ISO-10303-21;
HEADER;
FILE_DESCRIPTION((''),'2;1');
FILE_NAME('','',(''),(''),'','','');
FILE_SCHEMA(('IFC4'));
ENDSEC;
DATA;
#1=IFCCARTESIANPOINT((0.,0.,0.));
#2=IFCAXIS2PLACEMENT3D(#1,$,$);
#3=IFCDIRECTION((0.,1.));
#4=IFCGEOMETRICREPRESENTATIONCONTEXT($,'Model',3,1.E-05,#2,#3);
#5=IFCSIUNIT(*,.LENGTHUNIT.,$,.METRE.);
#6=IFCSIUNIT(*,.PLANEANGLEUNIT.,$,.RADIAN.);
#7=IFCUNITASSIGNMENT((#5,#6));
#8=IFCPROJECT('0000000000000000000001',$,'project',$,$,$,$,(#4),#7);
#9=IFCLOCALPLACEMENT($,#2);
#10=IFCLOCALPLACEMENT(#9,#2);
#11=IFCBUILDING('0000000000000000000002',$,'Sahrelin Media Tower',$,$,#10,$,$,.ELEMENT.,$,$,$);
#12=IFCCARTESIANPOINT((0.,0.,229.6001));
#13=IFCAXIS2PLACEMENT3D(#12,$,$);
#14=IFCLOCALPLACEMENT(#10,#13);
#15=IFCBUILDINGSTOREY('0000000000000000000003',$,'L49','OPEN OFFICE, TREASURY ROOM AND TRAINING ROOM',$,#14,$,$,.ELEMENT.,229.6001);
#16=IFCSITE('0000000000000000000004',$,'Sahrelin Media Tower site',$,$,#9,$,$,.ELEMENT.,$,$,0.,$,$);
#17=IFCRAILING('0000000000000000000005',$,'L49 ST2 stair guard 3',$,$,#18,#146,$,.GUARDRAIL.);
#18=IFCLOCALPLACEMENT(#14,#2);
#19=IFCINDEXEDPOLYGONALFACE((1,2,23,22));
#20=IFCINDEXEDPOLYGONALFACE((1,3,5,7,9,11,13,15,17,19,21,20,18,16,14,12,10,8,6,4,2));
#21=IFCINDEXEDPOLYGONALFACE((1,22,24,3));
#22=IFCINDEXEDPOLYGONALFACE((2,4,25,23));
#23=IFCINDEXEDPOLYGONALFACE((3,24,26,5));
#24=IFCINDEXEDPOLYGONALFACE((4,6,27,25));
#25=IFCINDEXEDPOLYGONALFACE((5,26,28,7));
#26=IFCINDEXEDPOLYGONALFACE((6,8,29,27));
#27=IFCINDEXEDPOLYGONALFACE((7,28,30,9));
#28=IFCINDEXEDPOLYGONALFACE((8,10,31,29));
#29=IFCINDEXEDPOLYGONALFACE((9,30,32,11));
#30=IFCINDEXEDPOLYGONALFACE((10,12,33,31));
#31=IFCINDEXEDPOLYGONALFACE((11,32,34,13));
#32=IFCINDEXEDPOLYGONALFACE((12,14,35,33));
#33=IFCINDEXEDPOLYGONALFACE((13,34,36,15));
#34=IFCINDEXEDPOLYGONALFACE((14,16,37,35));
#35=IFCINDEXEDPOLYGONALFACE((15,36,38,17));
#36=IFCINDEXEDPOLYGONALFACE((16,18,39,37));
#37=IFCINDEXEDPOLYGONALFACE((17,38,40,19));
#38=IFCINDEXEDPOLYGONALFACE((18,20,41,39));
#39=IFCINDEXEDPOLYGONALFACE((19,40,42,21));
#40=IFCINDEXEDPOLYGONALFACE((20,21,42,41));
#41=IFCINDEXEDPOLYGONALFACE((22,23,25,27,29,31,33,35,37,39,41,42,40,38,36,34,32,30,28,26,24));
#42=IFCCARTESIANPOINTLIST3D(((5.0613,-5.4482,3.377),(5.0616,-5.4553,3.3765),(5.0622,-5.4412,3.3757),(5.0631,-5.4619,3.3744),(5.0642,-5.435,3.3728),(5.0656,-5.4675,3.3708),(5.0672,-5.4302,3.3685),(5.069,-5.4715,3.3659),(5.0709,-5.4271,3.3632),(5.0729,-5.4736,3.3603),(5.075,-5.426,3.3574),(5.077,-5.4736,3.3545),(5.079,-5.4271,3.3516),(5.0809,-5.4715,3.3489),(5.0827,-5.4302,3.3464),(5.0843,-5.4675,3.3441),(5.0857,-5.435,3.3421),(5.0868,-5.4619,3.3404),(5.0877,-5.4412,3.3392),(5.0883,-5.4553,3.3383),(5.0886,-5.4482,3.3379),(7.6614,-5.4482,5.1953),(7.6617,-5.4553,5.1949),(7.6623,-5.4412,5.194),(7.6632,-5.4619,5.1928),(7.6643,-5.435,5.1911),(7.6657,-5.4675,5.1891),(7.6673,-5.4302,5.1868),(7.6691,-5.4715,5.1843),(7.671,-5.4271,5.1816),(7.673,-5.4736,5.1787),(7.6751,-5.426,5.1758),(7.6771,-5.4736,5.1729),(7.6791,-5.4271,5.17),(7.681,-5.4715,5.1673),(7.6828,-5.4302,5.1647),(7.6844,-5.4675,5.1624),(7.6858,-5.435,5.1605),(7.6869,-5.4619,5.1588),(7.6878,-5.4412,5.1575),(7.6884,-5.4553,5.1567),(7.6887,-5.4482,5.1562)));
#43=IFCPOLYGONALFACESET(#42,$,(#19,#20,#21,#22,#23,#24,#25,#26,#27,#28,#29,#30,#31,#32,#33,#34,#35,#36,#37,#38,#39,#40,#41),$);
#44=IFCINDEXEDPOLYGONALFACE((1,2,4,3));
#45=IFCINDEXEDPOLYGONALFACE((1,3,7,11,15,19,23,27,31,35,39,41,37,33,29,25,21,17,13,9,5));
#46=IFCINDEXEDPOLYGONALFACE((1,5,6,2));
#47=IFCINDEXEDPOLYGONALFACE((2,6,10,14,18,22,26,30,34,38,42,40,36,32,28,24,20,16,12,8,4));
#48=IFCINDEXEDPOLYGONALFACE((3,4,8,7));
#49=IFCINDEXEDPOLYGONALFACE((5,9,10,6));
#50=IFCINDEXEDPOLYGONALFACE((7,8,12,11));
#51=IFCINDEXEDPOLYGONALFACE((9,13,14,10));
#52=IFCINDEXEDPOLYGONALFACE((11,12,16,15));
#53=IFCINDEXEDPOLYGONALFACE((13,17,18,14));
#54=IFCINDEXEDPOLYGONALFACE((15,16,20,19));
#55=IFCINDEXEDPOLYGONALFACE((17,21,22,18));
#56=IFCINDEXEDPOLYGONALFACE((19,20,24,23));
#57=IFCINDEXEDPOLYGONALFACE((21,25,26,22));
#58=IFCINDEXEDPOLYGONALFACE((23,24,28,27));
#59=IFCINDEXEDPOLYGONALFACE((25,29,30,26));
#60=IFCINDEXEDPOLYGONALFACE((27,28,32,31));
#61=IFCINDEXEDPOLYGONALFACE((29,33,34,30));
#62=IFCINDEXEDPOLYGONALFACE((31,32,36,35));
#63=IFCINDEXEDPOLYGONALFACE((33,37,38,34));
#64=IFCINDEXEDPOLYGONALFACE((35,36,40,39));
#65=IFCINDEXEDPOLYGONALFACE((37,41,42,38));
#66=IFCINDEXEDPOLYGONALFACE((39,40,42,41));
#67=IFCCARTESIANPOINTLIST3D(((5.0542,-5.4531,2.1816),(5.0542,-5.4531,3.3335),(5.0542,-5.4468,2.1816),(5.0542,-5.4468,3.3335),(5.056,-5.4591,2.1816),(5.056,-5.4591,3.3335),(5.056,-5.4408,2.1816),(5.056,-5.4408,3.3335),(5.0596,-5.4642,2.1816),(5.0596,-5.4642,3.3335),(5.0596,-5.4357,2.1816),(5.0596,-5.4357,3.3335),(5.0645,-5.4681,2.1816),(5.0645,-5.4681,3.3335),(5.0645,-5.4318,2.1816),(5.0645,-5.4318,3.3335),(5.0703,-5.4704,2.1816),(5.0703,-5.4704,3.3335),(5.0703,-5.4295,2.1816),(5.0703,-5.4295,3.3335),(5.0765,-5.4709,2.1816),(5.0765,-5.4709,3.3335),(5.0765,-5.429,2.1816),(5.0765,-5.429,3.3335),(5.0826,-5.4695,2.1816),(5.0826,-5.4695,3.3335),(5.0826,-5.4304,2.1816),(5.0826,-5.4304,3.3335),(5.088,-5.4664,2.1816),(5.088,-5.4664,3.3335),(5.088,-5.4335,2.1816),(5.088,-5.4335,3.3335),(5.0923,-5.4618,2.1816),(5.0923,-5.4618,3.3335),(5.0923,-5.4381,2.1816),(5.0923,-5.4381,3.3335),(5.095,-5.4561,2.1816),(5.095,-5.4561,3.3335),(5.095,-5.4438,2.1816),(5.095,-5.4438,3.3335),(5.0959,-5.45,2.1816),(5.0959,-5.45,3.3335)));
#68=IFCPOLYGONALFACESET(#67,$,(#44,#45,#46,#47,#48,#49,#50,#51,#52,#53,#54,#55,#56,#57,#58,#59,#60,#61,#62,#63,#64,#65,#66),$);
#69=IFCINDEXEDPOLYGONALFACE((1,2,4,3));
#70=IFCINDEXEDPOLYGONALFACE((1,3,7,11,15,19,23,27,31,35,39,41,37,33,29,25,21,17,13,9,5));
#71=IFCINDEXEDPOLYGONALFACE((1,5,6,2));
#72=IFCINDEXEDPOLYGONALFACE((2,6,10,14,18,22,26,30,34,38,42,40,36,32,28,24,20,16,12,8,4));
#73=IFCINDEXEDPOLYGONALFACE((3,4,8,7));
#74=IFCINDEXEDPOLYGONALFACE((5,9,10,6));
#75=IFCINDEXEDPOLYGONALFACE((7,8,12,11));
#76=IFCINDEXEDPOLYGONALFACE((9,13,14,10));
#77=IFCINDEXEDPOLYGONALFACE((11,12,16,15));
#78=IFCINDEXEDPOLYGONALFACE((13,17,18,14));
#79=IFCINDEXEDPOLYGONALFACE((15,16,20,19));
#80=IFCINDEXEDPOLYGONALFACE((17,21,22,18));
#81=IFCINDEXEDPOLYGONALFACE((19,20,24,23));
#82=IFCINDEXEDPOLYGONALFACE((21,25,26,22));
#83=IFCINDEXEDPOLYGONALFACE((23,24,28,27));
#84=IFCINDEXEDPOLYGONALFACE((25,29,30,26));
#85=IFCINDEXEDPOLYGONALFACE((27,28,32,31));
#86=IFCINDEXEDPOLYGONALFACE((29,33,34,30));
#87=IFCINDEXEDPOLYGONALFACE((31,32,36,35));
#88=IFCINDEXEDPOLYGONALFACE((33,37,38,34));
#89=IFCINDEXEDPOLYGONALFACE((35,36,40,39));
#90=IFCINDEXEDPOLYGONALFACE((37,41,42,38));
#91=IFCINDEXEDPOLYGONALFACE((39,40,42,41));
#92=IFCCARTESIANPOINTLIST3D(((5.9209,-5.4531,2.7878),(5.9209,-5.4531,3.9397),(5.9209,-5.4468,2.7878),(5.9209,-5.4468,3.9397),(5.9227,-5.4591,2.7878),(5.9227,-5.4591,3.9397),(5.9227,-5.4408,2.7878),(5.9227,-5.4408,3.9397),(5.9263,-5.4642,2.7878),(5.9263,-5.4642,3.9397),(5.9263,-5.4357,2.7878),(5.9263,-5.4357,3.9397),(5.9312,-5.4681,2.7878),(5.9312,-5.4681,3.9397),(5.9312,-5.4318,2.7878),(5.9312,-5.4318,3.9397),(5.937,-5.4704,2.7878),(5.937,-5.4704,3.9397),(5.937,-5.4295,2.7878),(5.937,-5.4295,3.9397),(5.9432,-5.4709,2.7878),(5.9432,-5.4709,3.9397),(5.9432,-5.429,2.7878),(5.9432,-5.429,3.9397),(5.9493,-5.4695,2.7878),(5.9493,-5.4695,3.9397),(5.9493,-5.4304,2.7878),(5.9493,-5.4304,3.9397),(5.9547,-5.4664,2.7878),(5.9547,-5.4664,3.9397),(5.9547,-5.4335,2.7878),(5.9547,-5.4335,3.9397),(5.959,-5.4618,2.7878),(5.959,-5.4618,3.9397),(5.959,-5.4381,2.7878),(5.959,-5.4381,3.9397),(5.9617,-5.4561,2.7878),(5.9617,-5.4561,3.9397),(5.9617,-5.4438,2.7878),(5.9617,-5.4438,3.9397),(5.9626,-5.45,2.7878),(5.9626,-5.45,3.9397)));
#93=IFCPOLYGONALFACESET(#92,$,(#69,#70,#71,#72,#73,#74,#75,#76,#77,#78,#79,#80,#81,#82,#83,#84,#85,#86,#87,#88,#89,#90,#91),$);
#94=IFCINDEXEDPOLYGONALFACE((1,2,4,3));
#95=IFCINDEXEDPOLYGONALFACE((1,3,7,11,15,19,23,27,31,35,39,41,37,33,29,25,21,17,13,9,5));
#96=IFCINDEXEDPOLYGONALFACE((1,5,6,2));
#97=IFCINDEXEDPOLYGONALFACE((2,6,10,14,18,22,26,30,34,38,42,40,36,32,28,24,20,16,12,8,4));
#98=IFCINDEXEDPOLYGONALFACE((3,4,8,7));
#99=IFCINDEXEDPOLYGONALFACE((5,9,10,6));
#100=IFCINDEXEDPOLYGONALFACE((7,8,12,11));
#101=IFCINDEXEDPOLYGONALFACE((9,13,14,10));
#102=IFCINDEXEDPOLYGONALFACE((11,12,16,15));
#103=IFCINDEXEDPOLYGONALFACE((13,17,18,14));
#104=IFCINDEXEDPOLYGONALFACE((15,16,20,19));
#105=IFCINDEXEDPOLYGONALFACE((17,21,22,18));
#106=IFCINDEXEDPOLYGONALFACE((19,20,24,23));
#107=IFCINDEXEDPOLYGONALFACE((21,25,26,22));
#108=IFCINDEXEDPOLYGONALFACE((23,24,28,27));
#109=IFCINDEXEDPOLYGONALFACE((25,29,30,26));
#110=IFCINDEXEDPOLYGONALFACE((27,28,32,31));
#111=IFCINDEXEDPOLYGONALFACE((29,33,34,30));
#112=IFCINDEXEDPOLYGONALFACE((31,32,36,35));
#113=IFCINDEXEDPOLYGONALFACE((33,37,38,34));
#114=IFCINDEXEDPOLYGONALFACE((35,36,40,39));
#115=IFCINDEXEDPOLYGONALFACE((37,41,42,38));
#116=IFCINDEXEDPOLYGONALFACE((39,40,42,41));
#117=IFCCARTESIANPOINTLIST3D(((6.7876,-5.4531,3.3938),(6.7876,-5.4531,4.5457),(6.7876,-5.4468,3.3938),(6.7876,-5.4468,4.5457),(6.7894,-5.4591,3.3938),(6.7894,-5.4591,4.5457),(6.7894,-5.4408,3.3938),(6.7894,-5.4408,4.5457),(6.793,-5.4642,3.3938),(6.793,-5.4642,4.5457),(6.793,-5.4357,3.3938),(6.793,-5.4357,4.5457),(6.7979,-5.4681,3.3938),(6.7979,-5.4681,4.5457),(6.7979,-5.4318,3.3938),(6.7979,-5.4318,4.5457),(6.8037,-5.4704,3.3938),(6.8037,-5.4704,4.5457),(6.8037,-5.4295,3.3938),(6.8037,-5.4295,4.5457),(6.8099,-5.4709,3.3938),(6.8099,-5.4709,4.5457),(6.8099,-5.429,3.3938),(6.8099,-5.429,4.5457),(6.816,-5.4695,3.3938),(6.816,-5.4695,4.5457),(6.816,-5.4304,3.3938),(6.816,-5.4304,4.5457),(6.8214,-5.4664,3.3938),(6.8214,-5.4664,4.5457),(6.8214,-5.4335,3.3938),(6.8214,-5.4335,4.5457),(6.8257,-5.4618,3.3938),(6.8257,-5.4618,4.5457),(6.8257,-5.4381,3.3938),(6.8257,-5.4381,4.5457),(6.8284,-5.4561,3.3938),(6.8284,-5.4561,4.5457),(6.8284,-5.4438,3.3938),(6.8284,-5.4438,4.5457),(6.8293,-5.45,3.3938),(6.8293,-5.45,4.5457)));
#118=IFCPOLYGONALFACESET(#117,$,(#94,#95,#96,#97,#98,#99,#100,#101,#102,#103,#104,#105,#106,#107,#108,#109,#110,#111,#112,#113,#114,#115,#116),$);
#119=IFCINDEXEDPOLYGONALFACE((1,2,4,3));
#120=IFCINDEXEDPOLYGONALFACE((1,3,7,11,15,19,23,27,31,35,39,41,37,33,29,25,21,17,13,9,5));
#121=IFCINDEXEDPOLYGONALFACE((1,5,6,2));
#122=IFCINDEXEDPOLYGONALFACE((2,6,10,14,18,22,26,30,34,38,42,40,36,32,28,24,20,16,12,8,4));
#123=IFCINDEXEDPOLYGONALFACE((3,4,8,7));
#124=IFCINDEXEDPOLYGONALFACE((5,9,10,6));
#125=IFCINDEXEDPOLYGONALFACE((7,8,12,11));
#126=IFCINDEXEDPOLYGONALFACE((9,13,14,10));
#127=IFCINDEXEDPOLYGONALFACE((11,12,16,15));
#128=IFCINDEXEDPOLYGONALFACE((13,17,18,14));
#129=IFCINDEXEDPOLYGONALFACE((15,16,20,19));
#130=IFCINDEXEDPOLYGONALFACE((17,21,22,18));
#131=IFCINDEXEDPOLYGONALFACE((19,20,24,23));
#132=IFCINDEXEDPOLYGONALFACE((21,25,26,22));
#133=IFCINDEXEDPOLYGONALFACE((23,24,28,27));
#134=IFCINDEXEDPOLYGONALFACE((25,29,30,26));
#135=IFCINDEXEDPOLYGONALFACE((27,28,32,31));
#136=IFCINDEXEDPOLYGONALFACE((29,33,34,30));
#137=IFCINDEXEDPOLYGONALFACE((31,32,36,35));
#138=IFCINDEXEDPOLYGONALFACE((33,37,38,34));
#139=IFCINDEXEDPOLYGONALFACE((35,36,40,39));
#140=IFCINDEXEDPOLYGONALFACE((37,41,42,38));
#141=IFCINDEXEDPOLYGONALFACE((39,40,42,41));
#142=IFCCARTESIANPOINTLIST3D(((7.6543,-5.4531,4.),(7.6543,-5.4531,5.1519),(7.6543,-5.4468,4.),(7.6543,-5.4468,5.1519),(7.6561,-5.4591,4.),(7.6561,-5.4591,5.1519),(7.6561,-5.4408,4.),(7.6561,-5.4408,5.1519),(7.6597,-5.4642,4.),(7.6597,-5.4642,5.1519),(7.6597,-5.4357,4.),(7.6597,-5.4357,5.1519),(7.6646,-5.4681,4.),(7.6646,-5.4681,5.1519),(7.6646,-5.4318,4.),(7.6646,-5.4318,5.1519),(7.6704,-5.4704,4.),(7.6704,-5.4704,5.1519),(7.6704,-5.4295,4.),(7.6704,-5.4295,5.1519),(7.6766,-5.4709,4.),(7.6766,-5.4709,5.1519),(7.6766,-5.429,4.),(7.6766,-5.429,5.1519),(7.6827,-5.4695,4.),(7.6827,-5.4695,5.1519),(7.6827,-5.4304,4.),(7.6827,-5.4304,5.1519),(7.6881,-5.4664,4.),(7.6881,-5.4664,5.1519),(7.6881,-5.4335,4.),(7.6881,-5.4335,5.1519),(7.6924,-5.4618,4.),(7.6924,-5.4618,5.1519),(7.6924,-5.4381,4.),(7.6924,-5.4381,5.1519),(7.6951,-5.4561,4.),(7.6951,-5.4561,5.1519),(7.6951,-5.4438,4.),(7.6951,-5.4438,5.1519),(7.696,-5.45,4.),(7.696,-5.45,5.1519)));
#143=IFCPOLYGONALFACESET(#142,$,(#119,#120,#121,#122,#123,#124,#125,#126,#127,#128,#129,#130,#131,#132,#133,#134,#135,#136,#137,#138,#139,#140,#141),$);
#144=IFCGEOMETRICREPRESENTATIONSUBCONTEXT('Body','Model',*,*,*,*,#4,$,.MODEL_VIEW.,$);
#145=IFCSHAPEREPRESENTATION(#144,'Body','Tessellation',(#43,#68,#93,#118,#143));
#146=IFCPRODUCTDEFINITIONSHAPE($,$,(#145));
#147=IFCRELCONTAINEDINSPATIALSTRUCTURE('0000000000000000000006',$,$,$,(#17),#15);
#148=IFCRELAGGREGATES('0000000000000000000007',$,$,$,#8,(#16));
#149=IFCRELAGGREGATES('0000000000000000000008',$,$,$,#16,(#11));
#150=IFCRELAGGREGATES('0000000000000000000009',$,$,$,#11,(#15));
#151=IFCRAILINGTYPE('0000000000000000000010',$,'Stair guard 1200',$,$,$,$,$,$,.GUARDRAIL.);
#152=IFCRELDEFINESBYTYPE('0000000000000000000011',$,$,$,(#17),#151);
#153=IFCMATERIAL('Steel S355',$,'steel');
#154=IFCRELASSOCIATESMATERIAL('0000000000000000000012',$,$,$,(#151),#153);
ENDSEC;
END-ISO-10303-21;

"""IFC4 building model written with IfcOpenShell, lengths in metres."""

from ifc_helpers import new_model, si_unit, direction, frame, origin, origin_2d, place, context, subcontext, project, spatial, circle, extrude, material, type_object, element, save


model = new_model("IFC4")

# Units and contexts
model_context = context("Model", 3, precision=1e-05, world=origin(), true_north=direction((0.0, 1.0)))
body_context = subcontext(model_context, "Body", "Model", "MODEL_VIEW")
ifc_project = project(units=[si_unit("LENGTHUNIT", "METRE"), si_unit("PLANEANGLEUNIT", "RADIAN")], contexts=[model_context])

# Site, building, storey
site_placement = place(None, origin())
site = spatial("IfcSite", under=ifc_project, at=site_placement, Name="Sahrelin Media Tower site", CompositionType="ELEMENT", RefElevation=0.0)
building_placement = place(site_placement, origin())
building = spatial("IfcBuilding", under=site, at=building_placement, Name="Sahrelin Media Tower", CompositionType="ELEMENT")
storey_placement = place(building_placement, frame((0.0, 0.0, 229.6001)))
storey = spatial("IfcBuildingStorey", under=building, at=storey_placement, Name="L49", Description="OPEN OFFICE, TREASURY ROOM AND TRAINING ROOM", CompositionType="ELEMENT", Elevation=229.6001)

# Shared definitions
ifc_material_1 = material(Name="Steel S355", Category="steel")

# Railing
railing_type_1 = type_object("IfcRailingType", Name="Stair guard 1200", PredefinedType="GUARDRAIL", material=ifc_material_1)
railing_1_placement = place(storey_placement, frame((5.075, -5.45, 2.1816)))
element("IfcRailing", 1, at=railing_1_placement, inside=storey, type_object=railing_type_1, Name="L49 ST2 stair guard 3", PredefinedType="GUARDRAIL", context=body_context, shape_type="SweptSolid", body=[
    extrude(circle(Radius=0.0239, at=origin_2d()), frame((0.0, 0.0, 1.1758), z_axis=(0.819485, 0.0, 0.573101), x_axis=(0.0, 1.0, 0.0)), (0.0, 0.0, 1.0), 3.1729),
    extrude(circle(Radius=0.021, at=origin_2d()), origin(), (0.0, 0.0, 1.0), 1.1519),
    extrude(circle(Radius=0.021, at=origin_2d()), frame((0.8667, 0.0, 0.6062)), (0.0, 0.0, 1.0), 1.1519),
    extrude(circle(Radius=0.021, at=origin_2d()), frame((1.7334, 0.0, 1.2122)), (0.0, 0.0, 1.0), 1.1519),
    extrude(circle(Radius=0.021, at=origin_2d()), frame((2.6001, 0.0, 1.8184)), (0.0, 0.0, 1.0), 1.1519),
])

save(model, "model.ifc")
